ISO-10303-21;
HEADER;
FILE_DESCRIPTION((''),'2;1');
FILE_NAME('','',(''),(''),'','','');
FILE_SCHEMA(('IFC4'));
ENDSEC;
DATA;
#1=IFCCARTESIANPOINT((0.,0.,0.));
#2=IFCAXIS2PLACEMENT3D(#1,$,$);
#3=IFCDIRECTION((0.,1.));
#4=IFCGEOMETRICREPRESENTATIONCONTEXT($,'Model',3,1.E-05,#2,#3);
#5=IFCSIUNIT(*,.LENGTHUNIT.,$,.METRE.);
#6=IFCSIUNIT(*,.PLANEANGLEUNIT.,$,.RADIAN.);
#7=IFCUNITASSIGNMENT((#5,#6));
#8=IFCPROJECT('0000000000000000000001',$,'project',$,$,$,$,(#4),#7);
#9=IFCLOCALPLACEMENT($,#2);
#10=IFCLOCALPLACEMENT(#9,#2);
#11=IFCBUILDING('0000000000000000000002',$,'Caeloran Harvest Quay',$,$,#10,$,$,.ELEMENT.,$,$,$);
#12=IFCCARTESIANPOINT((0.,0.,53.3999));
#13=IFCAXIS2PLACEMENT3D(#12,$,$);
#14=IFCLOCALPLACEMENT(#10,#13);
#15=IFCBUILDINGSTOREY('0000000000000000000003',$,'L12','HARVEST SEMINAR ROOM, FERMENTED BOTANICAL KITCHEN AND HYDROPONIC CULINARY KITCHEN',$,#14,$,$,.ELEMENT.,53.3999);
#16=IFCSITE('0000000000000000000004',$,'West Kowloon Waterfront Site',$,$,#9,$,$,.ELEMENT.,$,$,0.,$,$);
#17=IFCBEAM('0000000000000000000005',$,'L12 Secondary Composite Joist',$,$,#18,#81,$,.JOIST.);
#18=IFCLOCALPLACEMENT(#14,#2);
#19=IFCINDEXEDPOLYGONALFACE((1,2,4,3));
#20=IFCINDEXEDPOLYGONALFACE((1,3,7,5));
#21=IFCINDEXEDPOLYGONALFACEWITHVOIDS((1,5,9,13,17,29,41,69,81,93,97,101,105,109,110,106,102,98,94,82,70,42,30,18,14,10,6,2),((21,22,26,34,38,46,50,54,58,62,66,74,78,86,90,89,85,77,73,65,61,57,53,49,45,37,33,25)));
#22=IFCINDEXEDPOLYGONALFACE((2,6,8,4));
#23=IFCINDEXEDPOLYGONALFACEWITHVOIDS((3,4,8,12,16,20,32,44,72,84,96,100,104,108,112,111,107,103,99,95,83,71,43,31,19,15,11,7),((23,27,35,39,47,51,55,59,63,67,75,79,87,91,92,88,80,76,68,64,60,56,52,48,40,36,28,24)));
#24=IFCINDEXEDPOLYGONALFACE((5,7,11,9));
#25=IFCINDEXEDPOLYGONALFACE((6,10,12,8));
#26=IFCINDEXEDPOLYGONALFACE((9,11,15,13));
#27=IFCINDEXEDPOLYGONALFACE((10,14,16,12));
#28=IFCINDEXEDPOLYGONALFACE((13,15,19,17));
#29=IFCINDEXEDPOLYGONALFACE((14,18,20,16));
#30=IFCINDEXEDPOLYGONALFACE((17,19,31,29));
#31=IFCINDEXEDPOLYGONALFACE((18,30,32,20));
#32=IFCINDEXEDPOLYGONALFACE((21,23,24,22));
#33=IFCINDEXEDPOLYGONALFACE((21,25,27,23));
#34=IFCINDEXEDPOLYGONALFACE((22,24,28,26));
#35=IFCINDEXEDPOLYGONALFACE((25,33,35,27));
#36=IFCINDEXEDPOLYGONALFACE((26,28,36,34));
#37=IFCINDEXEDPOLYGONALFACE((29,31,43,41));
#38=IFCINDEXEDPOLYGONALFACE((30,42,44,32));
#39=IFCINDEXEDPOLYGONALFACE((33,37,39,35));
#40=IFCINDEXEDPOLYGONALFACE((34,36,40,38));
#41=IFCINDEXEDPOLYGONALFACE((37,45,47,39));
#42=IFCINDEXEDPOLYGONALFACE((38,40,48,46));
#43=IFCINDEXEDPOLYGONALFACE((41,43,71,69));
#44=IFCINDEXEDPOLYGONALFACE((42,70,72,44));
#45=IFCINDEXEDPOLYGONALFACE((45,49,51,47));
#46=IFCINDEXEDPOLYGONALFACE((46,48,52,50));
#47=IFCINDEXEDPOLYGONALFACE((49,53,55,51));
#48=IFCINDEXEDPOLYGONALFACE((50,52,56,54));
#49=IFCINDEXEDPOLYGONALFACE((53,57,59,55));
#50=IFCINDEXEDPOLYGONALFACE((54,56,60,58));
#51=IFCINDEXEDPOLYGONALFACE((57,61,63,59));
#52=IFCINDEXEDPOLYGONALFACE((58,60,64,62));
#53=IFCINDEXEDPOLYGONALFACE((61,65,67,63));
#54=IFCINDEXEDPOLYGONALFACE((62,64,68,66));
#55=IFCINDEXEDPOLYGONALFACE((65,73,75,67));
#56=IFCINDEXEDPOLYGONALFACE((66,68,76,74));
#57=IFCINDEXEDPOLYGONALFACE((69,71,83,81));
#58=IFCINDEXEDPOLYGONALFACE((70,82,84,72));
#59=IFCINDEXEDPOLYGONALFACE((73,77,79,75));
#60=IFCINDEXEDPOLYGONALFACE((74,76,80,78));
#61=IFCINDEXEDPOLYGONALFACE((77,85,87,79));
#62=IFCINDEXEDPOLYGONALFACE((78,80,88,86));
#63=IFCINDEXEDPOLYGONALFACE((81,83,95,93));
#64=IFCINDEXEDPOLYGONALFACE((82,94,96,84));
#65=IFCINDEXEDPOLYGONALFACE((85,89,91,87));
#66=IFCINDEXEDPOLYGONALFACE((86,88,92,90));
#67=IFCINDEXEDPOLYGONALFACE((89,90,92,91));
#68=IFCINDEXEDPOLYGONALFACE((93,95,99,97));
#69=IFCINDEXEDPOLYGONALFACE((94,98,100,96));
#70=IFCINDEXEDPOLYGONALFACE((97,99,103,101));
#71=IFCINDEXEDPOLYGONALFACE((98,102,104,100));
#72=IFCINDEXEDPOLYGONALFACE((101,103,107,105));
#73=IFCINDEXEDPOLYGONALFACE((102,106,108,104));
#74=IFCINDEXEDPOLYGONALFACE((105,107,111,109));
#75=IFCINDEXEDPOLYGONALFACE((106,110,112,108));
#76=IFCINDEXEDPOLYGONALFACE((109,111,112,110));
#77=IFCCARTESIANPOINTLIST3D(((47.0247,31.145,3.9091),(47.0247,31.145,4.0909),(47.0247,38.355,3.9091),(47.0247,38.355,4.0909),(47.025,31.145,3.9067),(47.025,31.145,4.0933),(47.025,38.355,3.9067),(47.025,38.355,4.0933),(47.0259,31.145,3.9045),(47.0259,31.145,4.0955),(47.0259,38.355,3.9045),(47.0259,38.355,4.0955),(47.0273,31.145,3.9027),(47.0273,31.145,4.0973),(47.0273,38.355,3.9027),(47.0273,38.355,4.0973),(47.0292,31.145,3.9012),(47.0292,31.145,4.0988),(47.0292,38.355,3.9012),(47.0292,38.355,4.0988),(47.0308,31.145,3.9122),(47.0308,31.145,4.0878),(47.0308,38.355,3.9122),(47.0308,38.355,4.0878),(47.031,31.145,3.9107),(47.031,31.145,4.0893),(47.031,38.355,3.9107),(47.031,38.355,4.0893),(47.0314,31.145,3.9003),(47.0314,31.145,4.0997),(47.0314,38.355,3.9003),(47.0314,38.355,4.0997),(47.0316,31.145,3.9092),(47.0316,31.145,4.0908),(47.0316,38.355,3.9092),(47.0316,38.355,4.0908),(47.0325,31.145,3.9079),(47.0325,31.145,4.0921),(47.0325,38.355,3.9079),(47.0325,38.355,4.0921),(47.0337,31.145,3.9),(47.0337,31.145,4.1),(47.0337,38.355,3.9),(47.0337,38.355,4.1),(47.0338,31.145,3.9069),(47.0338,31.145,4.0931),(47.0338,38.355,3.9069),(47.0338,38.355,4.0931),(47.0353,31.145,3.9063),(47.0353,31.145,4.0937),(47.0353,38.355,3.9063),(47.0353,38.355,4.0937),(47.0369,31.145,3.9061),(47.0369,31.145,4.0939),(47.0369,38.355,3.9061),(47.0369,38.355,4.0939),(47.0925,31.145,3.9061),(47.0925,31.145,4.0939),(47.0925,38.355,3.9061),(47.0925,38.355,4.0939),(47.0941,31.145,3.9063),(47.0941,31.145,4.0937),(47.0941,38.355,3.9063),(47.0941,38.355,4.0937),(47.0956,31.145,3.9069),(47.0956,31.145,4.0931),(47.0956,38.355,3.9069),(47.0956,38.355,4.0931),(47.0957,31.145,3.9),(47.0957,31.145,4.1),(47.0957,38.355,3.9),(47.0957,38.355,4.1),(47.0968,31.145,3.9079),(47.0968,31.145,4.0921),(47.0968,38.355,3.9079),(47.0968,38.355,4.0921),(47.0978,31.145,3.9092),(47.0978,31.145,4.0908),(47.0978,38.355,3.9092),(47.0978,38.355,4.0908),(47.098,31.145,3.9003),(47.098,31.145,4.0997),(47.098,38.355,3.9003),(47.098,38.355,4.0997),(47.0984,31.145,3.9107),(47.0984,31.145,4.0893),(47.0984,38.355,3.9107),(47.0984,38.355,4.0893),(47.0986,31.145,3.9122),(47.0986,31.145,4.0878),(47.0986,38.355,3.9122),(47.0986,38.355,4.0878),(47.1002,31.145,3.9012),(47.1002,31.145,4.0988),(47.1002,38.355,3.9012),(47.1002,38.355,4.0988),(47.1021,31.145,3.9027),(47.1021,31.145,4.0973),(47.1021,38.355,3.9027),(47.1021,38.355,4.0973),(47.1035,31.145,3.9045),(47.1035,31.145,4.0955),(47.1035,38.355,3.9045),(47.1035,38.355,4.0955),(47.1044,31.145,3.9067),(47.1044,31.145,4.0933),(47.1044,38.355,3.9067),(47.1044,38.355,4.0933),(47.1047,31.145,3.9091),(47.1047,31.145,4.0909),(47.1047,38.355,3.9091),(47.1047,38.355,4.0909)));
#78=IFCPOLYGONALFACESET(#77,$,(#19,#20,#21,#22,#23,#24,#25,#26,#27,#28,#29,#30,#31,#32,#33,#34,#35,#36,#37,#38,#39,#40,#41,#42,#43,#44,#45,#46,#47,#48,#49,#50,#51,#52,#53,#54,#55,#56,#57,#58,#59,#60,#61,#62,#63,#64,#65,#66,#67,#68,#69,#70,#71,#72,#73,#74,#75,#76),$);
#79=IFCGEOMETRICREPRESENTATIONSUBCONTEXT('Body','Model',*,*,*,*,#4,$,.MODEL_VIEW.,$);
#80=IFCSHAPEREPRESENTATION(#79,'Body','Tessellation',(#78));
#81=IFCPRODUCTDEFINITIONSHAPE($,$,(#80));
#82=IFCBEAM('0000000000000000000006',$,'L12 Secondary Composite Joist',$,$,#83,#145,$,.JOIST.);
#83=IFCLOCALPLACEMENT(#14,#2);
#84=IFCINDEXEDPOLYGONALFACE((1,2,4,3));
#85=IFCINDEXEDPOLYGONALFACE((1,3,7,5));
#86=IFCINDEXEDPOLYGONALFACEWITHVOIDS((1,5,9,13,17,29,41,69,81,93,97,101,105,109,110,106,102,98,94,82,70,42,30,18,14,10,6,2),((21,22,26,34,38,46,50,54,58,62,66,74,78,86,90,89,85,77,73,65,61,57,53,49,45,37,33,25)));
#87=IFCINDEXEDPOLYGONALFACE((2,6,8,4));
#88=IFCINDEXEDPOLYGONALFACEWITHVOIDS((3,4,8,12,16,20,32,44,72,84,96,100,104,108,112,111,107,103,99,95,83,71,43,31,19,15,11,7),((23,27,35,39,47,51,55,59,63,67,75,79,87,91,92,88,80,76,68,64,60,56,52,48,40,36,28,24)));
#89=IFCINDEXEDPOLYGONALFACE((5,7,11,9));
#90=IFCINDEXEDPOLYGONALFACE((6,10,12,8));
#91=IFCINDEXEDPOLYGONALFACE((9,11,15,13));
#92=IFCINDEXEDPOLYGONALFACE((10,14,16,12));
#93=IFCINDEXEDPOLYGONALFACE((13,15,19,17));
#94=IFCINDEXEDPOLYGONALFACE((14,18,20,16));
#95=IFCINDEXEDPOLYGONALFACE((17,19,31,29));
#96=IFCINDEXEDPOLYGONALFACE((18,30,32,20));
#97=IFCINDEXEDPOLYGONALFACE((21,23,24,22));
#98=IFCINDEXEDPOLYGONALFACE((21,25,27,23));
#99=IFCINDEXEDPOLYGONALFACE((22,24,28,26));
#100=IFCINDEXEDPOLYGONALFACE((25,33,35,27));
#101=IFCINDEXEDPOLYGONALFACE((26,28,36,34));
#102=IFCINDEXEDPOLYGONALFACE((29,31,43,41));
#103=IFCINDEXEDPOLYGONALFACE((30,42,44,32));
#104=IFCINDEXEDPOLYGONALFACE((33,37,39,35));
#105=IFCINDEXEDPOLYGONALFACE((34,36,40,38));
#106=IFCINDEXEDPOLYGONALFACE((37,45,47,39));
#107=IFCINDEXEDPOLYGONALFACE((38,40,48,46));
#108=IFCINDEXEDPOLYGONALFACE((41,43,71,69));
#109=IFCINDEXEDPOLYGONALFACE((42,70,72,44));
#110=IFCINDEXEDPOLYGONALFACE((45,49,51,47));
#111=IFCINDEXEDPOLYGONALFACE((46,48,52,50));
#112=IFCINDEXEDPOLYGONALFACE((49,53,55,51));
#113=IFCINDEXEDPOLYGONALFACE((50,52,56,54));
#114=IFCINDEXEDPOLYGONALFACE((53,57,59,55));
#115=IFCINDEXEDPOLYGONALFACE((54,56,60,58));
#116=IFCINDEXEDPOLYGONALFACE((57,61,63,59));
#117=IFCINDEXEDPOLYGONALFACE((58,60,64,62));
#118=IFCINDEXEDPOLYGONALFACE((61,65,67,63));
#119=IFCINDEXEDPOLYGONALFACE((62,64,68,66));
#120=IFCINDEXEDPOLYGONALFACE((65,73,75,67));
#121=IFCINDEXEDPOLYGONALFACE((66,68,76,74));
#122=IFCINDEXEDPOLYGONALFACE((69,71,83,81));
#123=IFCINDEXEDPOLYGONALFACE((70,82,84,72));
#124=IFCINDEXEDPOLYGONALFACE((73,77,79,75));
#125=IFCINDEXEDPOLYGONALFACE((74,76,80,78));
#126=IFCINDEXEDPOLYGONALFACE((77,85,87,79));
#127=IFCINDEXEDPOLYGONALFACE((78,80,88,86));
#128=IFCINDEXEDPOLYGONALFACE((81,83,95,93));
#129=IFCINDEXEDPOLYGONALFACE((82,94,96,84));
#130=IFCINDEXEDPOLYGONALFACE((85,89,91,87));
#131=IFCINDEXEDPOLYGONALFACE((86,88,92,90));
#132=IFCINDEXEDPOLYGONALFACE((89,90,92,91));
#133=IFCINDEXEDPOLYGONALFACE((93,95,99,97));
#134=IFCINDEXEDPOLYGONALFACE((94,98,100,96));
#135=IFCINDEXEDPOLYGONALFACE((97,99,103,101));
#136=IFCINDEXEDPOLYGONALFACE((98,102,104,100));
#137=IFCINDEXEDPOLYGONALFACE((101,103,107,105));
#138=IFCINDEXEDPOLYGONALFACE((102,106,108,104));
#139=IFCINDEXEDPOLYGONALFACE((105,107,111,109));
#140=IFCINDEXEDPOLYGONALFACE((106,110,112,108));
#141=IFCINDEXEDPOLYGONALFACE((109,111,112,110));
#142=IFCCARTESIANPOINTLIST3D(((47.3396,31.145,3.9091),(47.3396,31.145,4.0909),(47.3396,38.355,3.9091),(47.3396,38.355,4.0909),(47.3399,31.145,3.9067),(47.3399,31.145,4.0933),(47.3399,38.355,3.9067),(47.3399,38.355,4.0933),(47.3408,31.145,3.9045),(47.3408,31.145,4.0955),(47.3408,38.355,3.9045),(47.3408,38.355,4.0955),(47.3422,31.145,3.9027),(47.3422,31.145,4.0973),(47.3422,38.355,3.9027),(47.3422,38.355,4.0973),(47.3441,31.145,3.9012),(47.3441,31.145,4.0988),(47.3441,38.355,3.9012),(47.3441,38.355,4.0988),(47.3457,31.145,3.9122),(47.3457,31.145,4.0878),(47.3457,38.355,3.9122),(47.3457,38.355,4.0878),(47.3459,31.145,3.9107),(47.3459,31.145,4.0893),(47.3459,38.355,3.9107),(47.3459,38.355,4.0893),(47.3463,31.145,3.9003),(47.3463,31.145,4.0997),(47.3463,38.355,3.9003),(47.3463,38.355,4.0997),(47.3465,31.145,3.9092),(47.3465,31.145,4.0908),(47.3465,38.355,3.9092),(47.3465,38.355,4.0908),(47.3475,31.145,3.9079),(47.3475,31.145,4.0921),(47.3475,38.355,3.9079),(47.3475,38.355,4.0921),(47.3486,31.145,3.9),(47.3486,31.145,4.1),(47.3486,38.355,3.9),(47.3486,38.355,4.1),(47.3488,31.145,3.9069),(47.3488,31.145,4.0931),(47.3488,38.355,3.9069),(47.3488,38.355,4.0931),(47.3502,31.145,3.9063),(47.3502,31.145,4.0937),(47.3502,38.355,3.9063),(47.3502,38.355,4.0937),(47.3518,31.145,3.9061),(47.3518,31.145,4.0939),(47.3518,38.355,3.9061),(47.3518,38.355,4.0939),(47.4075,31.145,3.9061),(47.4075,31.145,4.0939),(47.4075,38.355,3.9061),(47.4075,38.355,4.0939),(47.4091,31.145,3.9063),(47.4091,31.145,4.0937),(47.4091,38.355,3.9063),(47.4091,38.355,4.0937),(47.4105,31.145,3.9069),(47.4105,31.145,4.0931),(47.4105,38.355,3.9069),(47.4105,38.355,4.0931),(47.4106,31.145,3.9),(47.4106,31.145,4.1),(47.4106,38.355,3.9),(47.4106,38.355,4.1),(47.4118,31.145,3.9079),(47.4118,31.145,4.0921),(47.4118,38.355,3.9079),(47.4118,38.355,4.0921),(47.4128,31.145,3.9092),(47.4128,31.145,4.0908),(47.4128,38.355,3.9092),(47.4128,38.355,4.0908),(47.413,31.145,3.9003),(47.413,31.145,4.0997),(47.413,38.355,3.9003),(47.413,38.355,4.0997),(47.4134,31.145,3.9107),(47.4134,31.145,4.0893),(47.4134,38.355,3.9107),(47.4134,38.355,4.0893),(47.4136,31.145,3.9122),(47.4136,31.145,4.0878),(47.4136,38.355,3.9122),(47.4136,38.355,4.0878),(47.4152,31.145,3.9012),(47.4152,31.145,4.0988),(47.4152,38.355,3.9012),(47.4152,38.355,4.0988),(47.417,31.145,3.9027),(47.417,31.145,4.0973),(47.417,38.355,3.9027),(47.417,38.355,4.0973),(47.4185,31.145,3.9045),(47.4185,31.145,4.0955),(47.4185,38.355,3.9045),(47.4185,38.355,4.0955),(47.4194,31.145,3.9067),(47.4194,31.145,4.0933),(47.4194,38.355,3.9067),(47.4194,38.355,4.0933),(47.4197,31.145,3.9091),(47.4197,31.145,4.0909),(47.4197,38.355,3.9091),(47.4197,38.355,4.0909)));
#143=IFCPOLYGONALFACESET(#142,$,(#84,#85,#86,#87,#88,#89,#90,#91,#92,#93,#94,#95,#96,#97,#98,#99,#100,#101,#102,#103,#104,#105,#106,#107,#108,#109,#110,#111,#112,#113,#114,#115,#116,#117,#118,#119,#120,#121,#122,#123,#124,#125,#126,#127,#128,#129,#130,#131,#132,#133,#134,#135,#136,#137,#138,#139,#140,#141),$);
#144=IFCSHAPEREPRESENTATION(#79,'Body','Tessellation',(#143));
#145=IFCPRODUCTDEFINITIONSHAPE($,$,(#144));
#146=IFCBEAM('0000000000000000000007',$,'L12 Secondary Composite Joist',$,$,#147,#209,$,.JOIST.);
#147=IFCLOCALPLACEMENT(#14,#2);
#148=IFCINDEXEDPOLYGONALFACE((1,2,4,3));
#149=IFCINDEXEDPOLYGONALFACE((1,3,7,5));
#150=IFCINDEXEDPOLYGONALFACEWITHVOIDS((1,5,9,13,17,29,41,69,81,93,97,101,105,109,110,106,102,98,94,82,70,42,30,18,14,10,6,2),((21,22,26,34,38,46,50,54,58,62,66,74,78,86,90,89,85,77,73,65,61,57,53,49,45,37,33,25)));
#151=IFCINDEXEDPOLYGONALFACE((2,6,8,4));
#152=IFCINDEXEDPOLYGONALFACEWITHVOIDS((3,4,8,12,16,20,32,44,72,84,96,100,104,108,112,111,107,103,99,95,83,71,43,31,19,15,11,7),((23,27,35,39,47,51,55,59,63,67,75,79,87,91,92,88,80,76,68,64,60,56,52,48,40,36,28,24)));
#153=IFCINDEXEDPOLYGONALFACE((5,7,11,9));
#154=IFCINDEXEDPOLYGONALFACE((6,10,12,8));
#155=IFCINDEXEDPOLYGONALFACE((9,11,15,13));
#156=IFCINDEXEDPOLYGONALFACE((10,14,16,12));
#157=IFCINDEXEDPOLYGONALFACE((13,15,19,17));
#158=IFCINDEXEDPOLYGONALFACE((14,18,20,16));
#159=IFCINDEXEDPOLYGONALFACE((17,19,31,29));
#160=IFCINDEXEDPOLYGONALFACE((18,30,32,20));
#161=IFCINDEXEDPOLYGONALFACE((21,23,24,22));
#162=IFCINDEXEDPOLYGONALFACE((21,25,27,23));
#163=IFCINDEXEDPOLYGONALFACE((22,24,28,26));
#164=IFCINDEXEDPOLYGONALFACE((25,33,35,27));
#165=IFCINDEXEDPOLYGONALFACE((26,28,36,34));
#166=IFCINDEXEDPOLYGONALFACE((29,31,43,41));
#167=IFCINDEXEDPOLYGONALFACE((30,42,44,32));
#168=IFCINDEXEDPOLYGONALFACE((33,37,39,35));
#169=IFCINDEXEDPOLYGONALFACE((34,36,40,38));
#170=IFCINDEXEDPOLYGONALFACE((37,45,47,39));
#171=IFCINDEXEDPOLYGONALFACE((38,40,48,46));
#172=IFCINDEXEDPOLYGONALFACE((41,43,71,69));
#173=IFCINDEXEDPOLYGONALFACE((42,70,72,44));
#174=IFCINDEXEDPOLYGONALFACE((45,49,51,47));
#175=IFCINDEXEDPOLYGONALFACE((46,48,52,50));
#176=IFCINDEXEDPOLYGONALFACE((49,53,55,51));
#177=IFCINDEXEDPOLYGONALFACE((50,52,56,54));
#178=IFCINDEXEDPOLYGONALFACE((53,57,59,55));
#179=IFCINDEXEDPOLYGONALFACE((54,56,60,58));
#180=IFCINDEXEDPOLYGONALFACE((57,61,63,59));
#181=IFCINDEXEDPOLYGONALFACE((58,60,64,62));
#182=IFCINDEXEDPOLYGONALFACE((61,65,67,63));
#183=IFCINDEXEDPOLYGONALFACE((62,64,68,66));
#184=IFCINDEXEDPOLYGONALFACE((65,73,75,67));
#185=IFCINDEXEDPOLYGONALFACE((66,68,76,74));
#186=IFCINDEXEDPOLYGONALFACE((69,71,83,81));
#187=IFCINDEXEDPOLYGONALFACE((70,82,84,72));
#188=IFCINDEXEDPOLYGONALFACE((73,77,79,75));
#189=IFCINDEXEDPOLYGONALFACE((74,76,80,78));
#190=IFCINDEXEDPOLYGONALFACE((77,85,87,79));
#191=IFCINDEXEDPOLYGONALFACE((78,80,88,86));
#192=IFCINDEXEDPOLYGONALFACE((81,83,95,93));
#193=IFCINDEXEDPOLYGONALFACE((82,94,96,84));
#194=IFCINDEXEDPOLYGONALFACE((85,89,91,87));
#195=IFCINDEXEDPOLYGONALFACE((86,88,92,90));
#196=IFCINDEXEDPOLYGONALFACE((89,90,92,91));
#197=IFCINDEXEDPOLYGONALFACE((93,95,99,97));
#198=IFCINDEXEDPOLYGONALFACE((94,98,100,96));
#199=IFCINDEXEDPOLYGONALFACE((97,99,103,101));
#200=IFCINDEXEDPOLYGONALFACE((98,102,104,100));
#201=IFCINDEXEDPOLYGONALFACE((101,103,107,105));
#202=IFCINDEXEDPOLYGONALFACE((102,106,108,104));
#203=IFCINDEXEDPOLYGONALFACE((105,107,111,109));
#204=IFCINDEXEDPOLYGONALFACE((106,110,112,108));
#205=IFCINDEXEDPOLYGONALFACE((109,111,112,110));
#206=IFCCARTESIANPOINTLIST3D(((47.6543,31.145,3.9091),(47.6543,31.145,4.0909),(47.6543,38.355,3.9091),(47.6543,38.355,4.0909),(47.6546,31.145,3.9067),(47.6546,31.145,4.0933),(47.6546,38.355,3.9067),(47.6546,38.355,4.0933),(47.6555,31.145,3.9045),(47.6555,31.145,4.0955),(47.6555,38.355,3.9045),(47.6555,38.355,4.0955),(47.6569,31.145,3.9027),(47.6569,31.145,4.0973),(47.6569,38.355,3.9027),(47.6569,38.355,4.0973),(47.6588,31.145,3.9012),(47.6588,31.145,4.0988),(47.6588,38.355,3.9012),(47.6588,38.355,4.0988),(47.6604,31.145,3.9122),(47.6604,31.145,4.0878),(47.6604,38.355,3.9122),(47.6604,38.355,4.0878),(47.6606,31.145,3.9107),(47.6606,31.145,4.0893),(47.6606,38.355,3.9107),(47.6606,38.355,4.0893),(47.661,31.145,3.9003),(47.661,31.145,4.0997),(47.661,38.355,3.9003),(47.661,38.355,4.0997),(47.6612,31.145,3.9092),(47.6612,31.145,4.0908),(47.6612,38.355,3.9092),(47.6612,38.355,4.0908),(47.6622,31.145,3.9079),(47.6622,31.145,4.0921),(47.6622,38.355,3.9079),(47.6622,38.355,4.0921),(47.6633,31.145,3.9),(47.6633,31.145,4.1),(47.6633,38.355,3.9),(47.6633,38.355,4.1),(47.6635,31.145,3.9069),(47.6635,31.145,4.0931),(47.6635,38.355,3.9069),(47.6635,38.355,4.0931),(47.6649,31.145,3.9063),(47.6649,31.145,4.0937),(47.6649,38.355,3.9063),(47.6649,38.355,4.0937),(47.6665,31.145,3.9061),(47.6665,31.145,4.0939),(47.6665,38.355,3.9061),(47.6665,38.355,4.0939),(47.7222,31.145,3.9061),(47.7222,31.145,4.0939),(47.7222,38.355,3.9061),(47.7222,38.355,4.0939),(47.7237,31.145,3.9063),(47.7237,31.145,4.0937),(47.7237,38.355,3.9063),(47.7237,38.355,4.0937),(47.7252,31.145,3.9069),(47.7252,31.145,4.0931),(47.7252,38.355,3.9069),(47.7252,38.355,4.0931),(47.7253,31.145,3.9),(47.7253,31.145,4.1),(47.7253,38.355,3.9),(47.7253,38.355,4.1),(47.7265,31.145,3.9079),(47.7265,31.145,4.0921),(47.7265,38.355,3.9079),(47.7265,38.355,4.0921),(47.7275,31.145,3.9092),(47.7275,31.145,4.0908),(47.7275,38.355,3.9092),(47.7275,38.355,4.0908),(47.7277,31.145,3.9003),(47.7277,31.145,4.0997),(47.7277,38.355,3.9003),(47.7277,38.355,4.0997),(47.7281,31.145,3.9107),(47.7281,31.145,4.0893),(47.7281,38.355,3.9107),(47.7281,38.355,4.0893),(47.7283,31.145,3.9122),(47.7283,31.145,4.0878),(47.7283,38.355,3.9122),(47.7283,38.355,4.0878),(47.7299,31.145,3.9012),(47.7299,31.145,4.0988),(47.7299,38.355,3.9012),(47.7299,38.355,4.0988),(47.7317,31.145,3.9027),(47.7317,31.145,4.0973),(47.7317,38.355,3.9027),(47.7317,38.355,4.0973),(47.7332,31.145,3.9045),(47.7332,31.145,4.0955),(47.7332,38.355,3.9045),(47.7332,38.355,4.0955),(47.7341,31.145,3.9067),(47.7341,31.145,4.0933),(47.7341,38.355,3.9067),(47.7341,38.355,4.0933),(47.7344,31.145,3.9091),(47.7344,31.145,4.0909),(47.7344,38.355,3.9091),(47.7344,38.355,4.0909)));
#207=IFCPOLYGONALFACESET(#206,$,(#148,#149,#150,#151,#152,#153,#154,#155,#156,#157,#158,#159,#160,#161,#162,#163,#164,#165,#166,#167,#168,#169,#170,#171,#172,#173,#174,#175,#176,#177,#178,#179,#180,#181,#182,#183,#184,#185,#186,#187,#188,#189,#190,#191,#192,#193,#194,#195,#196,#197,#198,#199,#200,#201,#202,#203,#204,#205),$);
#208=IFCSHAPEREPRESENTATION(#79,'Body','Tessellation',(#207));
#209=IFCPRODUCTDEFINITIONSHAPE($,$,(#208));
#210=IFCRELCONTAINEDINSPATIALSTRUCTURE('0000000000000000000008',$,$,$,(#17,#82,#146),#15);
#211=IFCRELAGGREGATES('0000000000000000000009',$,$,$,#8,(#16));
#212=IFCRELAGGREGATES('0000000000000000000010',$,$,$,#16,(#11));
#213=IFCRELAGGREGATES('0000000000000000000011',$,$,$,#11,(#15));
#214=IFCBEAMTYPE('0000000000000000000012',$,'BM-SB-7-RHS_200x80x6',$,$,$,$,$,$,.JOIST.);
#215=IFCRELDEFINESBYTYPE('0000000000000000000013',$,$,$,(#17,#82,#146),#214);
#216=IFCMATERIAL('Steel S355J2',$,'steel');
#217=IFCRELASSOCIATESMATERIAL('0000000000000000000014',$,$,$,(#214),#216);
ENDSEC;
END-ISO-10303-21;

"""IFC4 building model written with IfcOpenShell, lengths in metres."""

from ifc_helpers import new_model, si_unit, direction, frame, origin, origin_2d, place, context, subcontext, project, spatial, hollow_rectangle, extrude, material, material_profile, profile_set, type_object, element, save


model = new_model("IFC4")

# Units and contexts
model_context = context("Model", 3, precision=1e-05, world=origin(), true_north=direction((0.0, 1.0)))
body_context = subcontext(model_context, "Body", "Model", "MODEL_VIEW")
ifc_project = project(units=[si_unit("LENGTHUNIT", "METRE"), si_unit("PLANEANGLEUNIT", "RADIAN")], contexts=[model_context])

# Site, building, storey
site_placement = place(None, origin())
site = spatial("IfcSite", under=ifc_project, at=site_placement, Name="West Kowloon Waterfront Site", CompositionType="ELEMENT", RefElevation=0.0)
building_placement = place(site_placement, origin())
building = spatial("IfcBuilding", under=site, at=building_placement, Name="Caeloran Harvest Quay", CompositionType="ELEMENT")
storey_placement = place(building_placement, frame((0.0, 0.0, 53.3999)))
storey = spatial("IfcBuildingStorey", under=building, at=storey_placement, Name="L12", Description="HARVEST SEMINAR ROOM, FERMENTED BOTANICAL KITCHEN AND HYDROPONIC CULINARY KITCHEN", CompositionType="ELEMENT", Elevation=53.3999)

# Beams
ifc_material_1 = material(Name="Steel S355J2", Category="steel")
ifc_material_profile_1 = material_profile(ifc_material_1, hollow_rectangle(XDim=0.0801, YDim=0.2, WallThickness=0.0061, InnerFilletRadius=0.0061, OuterFilletRadius=0.009, at=origin_2d()), Name="RHS 200x80x6")
ifc_profile_set_1 = profile_set([ifc_material_profile_1], Name="Steel S355J2")
beam_type_1 = type_object("IfcBeamType", Name="BM-SB-7-RHS_200x80x6", PredefinedType="JOIST", material=ifc_profile_set_1)
for number, where, z_axis, x_axis, name in (
    (1, (47.0647, 31.145, 4.0), (0.0, 1.0, 0.0), (-1.0, 0.0, 0.0), "L12 Secondary Composite Joist"),
    (2, (47.3796, 31.145, 4.0), (0.0, 1.0, 0.0), (-1.0, 0.0, 0.0), "L12 Secondary Composite Joist"),
    (3, (47.6943, 31.145, 4.0), (0.0, 1.0, 0.0), (-1.0, 0.0, 0.0), "L12 Secondary Composite Joist"),
):
    element("IfcBeam", number, at=place(storey_placement, frame(where, z_axis=z_axis, x_axis=x_axis)), inside=storey, type_object=beam_type_1, Name=name, PredefinedType="JOIST", context=body_context, shape_type="SweptSolid", body=[
        extrude(hollow_rectangle(XDim=0.0801, YDim=0.2, WallThickness=0.0061, InnerFilletRadius=0.0061, OuterFilletRadius=0.009, at=origin_2d()), origin(), (0.0, 0.0, 1.0), 7.21),
    ])

save(model, "model.ifc")
